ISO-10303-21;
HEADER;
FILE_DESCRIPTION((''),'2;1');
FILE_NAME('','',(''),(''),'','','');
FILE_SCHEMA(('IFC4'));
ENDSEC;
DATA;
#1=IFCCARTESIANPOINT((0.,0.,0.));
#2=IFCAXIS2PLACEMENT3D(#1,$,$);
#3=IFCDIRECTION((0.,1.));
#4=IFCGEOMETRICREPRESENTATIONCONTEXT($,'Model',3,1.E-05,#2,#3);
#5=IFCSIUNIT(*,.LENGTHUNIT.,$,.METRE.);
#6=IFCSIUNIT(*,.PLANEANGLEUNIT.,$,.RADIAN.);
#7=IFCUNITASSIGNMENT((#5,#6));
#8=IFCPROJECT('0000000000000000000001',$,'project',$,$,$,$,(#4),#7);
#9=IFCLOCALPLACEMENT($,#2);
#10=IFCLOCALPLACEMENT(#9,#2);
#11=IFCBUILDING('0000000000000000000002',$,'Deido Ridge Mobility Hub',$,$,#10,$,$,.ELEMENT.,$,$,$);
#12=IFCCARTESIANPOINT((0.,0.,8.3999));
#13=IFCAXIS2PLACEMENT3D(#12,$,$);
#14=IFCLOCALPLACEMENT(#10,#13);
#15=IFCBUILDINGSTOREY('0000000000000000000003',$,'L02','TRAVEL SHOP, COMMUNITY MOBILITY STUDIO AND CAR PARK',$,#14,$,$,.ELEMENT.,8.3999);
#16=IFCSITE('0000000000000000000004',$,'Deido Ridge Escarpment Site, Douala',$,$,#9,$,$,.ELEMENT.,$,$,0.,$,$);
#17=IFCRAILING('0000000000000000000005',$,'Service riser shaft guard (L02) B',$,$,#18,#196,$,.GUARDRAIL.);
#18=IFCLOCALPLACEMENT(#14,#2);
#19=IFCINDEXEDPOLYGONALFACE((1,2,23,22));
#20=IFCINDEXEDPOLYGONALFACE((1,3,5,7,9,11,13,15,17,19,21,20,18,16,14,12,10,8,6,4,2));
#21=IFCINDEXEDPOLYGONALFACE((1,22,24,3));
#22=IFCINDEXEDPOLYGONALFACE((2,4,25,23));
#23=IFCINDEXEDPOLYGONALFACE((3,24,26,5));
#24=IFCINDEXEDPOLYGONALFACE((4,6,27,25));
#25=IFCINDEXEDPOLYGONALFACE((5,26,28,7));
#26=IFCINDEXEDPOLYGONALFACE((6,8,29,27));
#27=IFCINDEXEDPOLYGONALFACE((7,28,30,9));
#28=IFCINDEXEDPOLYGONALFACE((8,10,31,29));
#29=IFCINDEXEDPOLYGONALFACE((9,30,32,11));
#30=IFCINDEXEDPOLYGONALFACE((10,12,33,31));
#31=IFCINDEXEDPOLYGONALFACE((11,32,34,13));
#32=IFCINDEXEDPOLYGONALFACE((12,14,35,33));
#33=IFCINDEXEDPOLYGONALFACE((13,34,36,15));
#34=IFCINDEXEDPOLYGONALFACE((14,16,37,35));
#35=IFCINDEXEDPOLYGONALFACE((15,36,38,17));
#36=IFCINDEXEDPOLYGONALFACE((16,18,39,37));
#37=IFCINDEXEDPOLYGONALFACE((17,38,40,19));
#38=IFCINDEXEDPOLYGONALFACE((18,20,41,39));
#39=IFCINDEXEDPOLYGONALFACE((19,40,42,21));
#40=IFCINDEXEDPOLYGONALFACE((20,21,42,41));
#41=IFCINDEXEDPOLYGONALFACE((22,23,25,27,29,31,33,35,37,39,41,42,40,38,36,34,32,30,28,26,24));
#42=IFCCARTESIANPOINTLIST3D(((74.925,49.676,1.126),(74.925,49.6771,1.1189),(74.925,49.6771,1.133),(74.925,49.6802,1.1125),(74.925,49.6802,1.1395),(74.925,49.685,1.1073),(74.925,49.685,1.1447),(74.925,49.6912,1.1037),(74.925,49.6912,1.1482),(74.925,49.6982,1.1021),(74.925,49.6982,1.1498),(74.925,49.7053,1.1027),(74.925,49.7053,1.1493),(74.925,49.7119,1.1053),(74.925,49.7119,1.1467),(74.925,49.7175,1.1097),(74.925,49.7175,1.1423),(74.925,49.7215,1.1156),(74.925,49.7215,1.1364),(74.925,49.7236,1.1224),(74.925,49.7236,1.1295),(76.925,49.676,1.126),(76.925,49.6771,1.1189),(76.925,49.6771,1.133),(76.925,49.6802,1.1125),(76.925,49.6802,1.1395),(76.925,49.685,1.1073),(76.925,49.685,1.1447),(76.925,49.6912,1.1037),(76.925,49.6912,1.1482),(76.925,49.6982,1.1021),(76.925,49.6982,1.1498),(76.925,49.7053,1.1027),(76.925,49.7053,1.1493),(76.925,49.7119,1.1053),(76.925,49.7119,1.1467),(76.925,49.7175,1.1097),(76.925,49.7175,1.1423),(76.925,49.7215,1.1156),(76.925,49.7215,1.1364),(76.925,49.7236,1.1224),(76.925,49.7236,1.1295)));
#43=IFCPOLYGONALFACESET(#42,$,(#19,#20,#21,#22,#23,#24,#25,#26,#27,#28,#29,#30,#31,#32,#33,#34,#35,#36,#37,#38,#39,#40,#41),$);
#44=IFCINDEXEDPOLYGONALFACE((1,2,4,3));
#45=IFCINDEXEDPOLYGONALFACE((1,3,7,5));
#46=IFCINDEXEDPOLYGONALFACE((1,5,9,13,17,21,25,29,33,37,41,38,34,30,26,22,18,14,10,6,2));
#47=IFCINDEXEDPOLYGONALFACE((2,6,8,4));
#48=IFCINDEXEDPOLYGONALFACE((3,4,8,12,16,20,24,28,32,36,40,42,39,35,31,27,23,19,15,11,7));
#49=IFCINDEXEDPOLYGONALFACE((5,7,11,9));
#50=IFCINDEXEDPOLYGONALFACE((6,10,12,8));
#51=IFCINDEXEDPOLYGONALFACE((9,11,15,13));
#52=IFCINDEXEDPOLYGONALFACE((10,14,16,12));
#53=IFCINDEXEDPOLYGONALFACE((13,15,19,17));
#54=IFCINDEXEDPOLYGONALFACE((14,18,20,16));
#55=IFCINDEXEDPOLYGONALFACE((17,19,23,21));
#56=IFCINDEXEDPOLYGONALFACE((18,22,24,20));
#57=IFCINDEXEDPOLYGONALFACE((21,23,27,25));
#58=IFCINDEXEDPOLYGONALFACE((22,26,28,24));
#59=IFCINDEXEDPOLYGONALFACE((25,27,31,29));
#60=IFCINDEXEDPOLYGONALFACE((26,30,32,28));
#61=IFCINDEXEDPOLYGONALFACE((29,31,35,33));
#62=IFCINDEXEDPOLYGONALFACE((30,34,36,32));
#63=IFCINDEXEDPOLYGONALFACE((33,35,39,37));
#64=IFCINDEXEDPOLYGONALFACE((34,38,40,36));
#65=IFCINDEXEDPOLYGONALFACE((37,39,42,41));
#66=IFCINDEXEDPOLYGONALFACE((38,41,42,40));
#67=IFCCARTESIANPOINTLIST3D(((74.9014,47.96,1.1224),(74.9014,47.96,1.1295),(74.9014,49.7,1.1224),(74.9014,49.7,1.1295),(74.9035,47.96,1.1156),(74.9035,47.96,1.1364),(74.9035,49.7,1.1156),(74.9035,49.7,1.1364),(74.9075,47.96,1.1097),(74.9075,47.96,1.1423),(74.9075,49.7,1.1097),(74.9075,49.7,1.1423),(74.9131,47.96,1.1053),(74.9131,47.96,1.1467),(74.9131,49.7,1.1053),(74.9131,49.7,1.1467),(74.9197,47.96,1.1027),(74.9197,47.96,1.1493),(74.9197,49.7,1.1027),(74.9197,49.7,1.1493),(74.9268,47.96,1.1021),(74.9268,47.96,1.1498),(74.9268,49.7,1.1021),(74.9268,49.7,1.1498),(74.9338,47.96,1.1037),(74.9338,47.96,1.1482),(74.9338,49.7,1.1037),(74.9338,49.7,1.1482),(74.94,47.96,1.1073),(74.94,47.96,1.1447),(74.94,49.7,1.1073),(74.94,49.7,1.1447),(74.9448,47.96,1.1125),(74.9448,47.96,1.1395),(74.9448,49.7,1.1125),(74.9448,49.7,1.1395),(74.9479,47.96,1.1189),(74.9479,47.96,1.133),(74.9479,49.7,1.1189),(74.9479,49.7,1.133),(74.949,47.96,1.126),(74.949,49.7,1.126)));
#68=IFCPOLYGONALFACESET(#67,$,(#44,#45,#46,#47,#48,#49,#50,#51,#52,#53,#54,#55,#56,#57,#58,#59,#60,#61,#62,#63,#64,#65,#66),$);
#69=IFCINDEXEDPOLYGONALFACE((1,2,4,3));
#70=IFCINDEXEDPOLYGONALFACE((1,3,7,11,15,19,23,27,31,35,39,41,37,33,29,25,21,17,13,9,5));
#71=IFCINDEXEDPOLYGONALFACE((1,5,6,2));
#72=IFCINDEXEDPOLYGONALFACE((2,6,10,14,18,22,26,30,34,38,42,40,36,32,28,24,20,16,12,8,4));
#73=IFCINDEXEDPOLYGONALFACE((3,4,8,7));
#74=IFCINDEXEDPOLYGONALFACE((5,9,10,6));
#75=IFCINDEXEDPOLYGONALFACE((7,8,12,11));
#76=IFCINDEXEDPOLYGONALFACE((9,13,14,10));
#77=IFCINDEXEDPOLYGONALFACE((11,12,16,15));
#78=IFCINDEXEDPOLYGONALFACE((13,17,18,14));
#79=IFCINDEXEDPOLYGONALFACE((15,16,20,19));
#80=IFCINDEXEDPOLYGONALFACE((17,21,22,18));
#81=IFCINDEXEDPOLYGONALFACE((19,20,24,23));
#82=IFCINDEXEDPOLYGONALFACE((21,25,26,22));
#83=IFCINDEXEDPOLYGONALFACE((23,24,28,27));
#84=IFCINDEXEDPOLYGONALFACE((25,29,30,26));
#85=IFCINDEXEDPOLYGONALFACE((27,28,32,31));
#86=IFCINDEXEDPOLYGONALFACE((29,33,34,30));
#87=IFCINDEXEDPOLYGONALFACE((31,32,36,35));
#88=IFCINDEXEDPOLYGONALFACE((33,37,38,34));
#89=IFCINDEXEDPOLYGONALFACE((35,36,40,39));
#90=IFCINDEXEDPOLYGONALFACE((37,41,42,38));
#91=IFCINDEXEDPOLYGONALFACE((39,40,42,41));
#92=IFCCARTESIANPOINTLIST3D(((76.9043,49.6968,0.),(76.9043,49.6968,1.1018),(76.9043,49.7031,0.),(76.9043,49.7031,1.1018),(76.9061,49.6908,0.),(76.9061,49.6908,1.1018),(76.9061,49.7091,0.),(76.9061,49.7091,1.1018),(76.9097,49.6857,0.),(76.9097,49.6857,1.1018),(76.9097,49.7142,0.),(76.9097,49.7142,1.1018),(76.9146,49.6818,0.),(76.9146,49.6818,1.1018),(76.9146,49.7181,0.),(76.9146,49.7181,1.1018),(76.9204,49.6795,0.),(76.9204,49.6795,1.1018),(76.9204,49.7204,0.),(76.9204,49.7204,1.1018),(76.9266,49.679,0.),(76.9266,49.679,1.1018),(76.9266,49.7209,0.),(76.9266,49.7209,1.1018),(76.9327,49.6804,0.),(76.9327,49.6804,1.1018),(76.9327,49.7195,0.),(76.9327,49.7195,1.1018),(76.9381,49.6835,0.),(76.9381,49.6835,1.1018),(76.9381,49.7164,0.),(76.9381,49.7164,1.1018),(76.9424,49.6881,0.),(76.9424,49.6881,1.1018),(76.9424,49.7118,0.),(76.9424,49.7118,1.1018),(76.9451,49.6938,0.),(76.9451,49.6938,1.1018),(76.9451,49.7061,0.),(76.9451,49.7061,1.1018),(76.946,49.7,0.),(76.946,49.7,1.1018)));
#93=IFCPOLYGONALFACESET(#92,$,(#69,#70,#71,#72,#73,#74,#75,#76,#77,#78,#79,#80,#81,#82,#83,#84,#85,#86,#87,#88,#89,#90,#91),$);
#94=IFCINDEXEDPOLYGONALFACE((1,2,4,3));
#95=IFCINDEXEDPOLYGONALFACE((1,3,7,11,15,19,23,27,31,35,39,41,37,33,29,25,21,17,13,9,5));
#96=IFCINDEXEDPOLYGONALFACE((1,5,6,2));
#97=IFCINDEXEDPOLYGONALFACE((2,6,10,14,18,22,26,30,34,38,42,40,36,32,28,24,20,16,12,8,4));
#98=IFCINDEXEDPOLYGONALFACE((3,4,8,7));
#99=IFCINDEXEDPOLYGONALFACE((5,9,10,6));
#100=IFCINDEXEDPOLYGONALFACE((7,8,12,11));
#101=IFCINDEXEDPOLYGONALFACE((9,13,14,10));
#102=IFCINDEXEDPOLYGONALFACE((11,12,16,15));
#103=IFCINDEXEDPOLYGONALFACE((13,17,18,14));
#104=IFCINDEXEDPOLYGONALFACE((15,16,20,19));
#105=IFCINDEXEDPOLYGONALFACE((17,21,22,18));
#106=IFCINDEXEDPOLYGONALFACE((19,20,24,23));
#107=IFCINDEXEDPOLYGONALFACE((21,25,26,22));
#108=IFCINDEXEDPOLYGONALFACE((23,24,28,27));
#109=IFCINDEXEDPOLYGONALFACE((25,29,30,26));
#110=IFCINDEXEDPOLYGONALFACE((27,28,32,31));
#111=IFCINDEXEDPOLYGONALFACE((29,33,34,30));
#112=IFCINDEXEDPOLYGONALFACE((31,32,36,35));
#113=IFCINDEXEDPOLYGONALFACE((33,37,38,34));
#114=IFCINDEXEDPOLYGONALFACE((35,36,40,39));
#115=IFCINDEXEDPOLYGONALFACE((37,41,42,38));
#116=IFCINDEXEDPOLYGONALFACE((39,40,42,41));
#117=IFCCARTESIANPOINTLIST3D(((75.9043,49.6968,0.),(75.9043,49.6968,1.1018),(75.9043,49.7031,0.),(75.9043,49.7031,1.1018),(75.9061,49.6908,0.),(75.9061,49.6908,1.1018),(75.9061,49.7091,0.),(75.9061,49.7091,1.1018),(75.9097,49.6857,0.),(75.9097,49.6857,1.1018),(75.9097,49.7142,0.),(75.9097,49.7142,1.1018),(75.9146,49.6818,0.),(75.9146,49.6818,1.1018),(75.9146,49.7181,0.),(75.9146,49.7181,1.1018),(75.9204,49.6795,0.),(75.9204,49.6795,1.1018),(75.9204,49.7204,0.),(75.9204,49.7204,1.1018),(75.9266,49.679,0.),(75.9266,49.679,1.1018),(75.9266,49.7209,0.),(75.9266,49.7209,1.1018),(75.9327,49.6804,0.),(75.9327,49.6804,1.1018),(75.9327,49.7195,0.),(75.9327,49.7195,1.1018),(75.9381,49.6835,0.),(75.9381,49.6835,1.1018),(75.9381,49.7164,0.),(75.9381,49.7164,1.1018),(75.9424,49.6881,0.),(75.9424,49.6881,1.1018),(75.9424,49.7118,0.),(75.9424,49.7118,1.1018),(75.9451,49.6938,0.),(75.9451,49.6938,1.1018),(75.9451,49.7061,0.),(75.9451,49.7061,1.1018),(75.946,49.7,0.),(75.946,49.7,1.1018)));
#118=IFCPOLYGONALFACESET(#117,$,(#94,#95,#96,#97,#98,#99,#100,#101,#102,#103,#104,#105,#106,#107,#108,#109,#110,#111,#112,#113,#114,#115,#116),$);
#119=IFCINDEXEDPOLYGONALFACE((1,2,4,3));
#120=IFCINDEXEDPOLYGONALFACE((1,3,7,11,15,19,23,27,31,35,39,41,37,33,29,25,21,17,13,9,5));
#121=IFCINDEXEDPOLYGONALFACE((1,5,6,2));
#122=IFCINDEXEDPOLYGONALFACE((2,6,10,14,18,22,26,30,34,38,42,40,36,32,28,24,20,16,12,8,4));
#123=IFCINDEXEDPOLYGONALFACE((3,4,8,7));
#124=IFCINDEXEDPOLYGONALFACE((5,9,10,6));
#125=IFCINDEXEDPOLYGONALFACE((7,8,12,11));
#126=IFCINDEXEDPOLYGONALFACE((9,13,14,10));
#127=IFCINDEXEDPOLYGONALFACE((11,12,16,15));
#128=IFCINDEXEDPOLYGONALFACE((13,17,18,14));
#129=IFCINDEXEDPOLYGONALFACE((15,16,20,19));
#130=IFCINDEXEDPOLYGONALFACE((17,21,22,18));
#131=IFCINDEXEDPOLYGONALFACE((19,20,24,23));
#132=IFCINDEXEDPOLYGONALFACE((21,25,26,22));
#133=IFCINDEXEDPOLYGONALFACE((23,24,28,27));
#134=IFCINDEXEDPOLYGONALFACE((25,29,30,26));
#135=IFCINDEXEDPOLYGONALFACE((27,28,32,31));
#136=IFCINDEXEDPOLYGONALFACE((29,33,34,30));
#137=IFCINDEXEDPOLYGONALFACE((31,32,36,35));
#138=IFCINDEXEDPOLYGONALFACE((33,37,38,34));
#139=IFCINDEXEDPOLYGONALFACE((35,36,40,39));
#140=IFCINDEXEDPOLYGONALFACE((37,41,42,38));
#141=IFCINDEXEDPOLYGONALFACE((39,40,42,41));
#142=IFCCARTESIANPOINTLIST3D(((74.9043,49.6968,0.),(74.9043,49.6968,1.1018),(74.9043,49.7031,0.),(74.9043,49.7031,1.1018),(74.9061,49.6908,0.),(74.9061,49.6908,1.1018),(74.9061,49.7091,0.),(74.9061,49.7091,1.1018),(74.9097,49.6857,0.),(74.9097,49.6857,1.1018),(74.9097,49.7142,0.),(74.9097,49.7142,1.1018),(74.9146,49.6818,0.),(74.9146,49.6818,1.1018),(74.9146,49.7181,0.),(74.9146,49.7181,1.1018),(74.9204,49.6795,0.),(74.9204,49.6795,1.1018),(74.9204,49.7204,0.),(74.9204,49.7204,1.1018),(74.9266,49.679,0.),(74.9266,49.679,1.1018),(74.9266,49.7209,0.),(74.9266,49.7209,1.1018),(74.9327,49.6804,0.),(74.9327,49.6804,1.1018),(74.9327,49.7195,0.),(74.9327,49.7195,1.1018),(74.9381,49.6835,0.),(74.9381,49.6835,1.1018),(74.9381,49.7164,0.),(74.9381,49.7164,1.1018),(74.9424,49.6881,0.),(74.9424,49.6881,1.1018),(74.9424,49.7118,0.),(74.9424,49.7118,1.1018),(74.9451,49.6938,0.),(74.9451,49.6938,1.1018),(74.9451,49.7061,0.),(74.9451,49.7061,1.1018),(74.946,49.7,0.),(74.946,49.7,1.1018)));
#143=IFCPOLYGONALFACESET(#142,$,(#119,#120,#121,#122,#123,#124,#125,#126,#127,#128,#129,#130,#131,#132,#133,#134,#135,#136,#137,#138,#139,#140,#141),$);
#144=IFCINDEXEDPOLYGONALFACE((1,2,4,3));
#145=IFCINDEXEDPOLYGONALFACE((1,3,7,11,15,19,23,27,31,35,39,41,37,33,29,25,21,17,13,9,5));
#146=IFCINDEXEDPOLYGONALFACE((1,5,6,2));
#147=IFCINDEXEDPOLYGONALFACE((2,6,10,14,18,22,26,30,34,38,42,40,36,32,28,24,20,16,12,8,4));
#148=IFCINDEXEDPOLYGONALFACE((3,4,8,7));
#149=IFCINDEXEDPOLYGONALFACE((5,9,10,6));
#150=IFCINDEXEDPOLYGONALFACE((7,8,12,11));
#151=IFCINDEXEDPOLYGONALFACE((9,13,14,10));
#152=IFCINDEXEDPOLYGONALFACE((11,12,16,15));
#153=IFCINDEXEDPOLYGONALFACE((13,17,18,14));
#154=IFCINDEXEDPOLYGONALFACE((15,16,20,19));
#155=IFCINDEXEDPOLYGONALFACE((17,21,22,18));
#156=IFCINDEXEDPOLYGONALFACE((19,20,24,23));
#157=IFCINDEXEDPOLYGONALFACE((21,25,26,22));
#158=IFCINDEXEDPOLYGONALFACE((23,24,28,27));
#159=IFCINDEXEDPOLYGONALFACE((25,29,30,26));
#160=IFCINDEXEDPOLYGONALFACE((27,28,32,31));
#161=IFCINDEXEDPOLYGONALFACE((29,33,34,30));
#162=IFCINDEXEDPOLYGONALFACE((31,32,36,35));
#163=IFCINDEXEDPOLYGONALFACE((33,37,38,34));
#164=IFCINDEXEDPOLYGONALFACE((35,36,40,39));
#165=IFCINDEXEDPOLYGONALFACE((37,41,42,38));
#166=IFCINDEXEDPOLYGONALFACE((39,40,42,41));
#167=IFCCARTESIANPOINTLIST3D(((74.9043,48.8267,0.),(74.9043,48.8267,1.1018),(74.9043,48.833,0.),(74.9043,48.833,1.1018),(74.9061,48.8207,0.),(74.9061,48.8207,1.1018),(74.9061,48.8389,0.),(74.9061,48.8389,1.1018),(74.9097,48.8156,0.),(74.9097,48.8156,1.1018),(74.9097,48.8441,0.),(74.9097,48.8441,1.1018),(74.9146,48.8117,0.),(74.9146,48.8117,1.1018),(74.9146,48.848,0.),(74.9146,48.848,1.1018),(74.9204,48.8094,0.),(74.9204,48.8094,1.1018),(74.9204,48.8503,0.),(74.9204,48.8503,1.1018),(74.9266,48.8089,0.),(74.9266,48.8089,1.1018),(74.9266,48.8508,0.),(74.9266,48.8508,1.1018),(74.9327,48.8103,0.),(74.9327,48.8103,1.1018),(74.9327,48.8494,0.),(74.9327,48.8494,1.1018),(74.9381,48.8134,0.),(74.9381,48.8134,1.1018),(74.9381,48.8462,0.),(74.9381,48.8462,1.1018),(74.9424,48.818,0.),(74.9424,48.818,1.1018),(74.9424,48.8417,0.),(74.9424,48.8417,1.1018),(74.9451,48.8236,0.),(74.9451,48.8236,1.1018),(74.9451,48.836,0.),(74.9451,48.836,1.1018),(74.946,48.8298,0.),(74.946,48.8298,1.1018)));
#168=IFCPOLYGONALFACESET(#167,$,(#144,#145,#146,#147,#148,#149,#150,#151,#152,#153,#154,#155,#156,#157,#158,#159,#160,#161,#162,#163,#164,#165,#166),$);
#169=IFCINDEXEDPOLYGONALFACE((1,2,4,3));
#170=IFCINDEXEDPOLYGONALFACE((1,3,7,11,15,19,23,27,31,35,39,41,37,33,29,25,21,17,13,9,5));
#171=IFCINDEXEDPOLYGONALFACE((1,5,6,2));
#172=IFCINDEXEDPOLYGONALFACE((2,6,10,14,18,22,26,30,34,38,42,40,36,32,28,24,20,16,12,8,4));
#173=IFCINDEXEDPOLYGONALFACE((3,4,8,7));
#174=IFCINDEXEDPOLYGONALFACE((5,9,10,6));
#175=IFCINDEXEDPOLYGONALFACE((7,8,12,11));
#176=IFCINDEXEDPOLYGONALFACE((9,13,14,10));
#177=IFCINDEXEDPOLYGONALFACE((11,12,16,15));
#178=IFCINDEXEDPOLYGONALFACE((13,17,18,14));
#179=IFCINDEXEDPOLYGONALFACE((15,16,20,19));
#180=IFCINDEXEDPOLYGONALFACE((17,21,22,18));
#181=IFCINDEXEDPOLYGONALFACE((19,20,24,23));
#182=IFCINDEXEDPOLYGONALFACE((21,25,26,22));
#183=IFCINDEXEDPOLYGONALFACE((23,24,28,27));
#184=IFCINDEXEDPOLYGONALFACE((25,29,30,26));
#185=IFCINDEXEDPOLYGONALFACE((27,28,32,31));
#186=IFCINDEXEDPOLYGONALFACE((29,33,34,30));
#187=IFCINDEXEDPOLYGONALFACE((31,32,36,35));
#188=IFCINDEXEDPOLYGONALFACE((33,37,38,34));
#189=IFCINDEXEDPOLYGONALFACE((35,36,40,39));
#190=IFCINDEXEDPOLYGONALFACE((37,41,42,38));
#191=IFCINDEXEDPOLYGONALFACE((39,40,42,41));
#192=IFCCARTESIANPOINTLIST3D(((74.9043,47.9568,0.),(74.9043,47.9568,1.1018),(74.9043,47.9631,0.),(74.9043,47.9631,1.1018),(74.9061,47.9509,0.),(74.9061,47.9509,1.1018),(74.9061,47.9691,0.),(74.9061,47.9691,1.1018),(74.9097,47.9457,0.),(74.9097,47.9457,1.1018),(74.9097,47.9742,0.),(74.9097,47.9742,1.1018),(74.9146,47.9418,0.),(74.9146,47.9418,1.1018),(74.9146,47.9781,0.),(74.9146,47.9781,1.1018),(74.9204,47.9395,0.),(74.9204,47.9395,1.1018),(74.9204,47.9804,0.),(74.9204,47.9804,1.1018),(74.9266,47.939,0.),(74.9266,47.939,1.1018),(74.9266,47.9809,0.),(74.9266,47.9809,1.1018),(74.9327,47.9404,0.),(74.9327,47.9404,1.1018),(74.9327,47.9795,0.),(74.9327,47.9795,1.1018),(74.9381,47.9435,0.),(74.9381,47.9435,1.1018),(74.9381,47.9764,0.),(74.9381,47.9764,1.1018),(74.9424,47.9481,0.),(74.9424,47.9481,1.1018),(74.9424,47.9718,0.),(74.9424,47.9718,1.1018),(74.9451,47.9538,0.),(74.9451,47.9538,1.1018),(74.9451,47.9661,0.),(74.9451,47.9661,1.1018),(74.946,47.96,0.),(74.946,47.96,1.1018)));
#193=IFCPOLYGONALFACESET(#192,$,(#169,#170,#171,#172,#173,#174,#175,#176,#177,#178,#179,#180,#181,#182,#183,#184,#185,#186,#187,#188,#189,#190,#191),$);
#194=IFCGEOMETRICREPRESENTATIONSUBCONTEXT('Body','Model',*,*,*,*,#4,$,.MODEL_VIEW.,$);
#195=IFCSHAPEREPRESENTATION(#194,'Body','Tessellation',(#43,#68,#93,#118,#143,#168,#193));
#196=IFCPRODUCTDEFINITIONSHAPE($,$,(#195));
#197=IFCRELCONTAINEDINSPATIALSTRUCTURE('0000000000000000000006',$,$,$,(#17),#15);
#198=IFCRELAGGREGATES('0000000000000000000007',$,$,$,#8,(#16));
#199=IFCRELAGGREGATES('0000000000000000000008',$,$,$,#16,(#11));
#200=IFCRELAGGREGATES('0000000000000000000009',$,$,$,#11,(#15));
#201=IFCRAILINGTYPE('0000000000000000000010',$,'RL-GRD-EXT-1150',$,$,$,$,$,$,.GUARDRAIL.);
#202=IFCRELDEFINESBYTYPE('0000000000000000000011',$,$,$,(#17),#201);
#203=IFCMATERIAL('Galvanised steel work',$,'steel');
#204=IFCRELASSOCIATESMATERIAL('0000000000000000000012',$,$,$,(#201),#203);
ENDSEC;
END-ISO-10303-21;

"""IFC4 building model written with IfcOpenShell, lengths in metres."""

from ifc_helpers import new_model, si_unit, direction, frame, origin, origin_2d, place, context, subcontext, project, spatial, circle, extrude, material, type_object, element, save


model = new_model("IFC4")

# Units and contexts
model_context = context("Model", 3, precision=1e-05, world=origin(), true_north=direction((0.0, 1.0)))
body_context = subcontext(model_context, "Body", "Model", "MODEL_VIEW")
ifc_project = project(units=[si_unit("LENGTHUNIT", "METRE"), si_unit("PLANEANGLEUNIT", "RADIAN")], contexts=[model_context])

# Site, building, storey
site_placement = place(None, origin())
site = spatial("IfcSite", under=ifc_project, at=site_placement, Name="Deido Ridge Escarpment Site, Douala", CompositionType="ELEMENT", RefElevation=0.0)
building_placement = place(site_placement, origin())
building = spatial("IfcBuilding", under=site, at=building_placement, Name="Deido Ridge Mobility Hub", CompositionType="ELEMENT")
storey_placement = place(building_placement, frame((0.0, 0.0, 8.3999)))
storey = spatial("IfcBuildingStorey", under=building, at=storey_placement, Name="L02", Description="TRAVEL SHOP, COMMUNITY MOBILITY STUDIO AND CAR PARK", CompositionType="ELEMENT", Elevation=8.3999)

# Railing
ifc_material_1 = material(Name="Galvanised steel work", Category="steel")
railing_type = type_object("IfcRailingType", Name="RL-GRD-EXT-1150", PredefinedType="GUARDRAIL", material=ifc_material_1)
railing_1_placement = place(storey_placement, frame((76.925, 49.7, 0.0)))
element("IfcRailing", 1, at=railing_1_placement, inside=storey, type_object=railing_type, Name="Service riser shaft guard (L02) B", PredefinedType="GUARDRAIL", context=body_context, shape_type="SweptSolid", body=[
    extrude(circle(Radius=0.0239, at=origin_2d()), frame((0.0, 0.0, 1.126), z_axis=(-1.0, 0.0, 0.0), x_axis=(0.0, -1.0, 0.0)), (0.0, 0.0, 1.0), 2.0),
    extrude(circle(Radius=0.0239, at=origin_2d()), frame((-2.0, 0.0, 1.126), z_axis=(0.0, -1.0, 0.0), x_axis=(1.0, 0.0, 0.0)), (0.0, 0.0, 1.0), 1.74),
    extrude(circle(Radius=0.021, at=origin_2d()), origin(), (0.0, 0.0, 1.0), 1.1018),
    extrude(circle(Radius=0.021, at=origin_2d()), frame((-1.0, 0.0, 0.0)), (0.0, 0.0, 1.0), 1.1018),
    extrude(circle(Radius=0.021, at=origin_2d()), frame((-2.0, 0.0, 0.0)), (0.0, 0.0, 1.0), 1.1018),
    extrude(circle(Radius=0.021, at=origin_2d()), frame((-2.0, -0.8701, 0.0)), (0.0, 0.0, 1.0), 1.1018),
    extrude(circle(Radius=0.021, at=origin_2d()), frame((-2.0, -1.74, 0.0)), (0.0, 0.0, 1.0), 1.1018),
])

save(model, "model.ifc")
